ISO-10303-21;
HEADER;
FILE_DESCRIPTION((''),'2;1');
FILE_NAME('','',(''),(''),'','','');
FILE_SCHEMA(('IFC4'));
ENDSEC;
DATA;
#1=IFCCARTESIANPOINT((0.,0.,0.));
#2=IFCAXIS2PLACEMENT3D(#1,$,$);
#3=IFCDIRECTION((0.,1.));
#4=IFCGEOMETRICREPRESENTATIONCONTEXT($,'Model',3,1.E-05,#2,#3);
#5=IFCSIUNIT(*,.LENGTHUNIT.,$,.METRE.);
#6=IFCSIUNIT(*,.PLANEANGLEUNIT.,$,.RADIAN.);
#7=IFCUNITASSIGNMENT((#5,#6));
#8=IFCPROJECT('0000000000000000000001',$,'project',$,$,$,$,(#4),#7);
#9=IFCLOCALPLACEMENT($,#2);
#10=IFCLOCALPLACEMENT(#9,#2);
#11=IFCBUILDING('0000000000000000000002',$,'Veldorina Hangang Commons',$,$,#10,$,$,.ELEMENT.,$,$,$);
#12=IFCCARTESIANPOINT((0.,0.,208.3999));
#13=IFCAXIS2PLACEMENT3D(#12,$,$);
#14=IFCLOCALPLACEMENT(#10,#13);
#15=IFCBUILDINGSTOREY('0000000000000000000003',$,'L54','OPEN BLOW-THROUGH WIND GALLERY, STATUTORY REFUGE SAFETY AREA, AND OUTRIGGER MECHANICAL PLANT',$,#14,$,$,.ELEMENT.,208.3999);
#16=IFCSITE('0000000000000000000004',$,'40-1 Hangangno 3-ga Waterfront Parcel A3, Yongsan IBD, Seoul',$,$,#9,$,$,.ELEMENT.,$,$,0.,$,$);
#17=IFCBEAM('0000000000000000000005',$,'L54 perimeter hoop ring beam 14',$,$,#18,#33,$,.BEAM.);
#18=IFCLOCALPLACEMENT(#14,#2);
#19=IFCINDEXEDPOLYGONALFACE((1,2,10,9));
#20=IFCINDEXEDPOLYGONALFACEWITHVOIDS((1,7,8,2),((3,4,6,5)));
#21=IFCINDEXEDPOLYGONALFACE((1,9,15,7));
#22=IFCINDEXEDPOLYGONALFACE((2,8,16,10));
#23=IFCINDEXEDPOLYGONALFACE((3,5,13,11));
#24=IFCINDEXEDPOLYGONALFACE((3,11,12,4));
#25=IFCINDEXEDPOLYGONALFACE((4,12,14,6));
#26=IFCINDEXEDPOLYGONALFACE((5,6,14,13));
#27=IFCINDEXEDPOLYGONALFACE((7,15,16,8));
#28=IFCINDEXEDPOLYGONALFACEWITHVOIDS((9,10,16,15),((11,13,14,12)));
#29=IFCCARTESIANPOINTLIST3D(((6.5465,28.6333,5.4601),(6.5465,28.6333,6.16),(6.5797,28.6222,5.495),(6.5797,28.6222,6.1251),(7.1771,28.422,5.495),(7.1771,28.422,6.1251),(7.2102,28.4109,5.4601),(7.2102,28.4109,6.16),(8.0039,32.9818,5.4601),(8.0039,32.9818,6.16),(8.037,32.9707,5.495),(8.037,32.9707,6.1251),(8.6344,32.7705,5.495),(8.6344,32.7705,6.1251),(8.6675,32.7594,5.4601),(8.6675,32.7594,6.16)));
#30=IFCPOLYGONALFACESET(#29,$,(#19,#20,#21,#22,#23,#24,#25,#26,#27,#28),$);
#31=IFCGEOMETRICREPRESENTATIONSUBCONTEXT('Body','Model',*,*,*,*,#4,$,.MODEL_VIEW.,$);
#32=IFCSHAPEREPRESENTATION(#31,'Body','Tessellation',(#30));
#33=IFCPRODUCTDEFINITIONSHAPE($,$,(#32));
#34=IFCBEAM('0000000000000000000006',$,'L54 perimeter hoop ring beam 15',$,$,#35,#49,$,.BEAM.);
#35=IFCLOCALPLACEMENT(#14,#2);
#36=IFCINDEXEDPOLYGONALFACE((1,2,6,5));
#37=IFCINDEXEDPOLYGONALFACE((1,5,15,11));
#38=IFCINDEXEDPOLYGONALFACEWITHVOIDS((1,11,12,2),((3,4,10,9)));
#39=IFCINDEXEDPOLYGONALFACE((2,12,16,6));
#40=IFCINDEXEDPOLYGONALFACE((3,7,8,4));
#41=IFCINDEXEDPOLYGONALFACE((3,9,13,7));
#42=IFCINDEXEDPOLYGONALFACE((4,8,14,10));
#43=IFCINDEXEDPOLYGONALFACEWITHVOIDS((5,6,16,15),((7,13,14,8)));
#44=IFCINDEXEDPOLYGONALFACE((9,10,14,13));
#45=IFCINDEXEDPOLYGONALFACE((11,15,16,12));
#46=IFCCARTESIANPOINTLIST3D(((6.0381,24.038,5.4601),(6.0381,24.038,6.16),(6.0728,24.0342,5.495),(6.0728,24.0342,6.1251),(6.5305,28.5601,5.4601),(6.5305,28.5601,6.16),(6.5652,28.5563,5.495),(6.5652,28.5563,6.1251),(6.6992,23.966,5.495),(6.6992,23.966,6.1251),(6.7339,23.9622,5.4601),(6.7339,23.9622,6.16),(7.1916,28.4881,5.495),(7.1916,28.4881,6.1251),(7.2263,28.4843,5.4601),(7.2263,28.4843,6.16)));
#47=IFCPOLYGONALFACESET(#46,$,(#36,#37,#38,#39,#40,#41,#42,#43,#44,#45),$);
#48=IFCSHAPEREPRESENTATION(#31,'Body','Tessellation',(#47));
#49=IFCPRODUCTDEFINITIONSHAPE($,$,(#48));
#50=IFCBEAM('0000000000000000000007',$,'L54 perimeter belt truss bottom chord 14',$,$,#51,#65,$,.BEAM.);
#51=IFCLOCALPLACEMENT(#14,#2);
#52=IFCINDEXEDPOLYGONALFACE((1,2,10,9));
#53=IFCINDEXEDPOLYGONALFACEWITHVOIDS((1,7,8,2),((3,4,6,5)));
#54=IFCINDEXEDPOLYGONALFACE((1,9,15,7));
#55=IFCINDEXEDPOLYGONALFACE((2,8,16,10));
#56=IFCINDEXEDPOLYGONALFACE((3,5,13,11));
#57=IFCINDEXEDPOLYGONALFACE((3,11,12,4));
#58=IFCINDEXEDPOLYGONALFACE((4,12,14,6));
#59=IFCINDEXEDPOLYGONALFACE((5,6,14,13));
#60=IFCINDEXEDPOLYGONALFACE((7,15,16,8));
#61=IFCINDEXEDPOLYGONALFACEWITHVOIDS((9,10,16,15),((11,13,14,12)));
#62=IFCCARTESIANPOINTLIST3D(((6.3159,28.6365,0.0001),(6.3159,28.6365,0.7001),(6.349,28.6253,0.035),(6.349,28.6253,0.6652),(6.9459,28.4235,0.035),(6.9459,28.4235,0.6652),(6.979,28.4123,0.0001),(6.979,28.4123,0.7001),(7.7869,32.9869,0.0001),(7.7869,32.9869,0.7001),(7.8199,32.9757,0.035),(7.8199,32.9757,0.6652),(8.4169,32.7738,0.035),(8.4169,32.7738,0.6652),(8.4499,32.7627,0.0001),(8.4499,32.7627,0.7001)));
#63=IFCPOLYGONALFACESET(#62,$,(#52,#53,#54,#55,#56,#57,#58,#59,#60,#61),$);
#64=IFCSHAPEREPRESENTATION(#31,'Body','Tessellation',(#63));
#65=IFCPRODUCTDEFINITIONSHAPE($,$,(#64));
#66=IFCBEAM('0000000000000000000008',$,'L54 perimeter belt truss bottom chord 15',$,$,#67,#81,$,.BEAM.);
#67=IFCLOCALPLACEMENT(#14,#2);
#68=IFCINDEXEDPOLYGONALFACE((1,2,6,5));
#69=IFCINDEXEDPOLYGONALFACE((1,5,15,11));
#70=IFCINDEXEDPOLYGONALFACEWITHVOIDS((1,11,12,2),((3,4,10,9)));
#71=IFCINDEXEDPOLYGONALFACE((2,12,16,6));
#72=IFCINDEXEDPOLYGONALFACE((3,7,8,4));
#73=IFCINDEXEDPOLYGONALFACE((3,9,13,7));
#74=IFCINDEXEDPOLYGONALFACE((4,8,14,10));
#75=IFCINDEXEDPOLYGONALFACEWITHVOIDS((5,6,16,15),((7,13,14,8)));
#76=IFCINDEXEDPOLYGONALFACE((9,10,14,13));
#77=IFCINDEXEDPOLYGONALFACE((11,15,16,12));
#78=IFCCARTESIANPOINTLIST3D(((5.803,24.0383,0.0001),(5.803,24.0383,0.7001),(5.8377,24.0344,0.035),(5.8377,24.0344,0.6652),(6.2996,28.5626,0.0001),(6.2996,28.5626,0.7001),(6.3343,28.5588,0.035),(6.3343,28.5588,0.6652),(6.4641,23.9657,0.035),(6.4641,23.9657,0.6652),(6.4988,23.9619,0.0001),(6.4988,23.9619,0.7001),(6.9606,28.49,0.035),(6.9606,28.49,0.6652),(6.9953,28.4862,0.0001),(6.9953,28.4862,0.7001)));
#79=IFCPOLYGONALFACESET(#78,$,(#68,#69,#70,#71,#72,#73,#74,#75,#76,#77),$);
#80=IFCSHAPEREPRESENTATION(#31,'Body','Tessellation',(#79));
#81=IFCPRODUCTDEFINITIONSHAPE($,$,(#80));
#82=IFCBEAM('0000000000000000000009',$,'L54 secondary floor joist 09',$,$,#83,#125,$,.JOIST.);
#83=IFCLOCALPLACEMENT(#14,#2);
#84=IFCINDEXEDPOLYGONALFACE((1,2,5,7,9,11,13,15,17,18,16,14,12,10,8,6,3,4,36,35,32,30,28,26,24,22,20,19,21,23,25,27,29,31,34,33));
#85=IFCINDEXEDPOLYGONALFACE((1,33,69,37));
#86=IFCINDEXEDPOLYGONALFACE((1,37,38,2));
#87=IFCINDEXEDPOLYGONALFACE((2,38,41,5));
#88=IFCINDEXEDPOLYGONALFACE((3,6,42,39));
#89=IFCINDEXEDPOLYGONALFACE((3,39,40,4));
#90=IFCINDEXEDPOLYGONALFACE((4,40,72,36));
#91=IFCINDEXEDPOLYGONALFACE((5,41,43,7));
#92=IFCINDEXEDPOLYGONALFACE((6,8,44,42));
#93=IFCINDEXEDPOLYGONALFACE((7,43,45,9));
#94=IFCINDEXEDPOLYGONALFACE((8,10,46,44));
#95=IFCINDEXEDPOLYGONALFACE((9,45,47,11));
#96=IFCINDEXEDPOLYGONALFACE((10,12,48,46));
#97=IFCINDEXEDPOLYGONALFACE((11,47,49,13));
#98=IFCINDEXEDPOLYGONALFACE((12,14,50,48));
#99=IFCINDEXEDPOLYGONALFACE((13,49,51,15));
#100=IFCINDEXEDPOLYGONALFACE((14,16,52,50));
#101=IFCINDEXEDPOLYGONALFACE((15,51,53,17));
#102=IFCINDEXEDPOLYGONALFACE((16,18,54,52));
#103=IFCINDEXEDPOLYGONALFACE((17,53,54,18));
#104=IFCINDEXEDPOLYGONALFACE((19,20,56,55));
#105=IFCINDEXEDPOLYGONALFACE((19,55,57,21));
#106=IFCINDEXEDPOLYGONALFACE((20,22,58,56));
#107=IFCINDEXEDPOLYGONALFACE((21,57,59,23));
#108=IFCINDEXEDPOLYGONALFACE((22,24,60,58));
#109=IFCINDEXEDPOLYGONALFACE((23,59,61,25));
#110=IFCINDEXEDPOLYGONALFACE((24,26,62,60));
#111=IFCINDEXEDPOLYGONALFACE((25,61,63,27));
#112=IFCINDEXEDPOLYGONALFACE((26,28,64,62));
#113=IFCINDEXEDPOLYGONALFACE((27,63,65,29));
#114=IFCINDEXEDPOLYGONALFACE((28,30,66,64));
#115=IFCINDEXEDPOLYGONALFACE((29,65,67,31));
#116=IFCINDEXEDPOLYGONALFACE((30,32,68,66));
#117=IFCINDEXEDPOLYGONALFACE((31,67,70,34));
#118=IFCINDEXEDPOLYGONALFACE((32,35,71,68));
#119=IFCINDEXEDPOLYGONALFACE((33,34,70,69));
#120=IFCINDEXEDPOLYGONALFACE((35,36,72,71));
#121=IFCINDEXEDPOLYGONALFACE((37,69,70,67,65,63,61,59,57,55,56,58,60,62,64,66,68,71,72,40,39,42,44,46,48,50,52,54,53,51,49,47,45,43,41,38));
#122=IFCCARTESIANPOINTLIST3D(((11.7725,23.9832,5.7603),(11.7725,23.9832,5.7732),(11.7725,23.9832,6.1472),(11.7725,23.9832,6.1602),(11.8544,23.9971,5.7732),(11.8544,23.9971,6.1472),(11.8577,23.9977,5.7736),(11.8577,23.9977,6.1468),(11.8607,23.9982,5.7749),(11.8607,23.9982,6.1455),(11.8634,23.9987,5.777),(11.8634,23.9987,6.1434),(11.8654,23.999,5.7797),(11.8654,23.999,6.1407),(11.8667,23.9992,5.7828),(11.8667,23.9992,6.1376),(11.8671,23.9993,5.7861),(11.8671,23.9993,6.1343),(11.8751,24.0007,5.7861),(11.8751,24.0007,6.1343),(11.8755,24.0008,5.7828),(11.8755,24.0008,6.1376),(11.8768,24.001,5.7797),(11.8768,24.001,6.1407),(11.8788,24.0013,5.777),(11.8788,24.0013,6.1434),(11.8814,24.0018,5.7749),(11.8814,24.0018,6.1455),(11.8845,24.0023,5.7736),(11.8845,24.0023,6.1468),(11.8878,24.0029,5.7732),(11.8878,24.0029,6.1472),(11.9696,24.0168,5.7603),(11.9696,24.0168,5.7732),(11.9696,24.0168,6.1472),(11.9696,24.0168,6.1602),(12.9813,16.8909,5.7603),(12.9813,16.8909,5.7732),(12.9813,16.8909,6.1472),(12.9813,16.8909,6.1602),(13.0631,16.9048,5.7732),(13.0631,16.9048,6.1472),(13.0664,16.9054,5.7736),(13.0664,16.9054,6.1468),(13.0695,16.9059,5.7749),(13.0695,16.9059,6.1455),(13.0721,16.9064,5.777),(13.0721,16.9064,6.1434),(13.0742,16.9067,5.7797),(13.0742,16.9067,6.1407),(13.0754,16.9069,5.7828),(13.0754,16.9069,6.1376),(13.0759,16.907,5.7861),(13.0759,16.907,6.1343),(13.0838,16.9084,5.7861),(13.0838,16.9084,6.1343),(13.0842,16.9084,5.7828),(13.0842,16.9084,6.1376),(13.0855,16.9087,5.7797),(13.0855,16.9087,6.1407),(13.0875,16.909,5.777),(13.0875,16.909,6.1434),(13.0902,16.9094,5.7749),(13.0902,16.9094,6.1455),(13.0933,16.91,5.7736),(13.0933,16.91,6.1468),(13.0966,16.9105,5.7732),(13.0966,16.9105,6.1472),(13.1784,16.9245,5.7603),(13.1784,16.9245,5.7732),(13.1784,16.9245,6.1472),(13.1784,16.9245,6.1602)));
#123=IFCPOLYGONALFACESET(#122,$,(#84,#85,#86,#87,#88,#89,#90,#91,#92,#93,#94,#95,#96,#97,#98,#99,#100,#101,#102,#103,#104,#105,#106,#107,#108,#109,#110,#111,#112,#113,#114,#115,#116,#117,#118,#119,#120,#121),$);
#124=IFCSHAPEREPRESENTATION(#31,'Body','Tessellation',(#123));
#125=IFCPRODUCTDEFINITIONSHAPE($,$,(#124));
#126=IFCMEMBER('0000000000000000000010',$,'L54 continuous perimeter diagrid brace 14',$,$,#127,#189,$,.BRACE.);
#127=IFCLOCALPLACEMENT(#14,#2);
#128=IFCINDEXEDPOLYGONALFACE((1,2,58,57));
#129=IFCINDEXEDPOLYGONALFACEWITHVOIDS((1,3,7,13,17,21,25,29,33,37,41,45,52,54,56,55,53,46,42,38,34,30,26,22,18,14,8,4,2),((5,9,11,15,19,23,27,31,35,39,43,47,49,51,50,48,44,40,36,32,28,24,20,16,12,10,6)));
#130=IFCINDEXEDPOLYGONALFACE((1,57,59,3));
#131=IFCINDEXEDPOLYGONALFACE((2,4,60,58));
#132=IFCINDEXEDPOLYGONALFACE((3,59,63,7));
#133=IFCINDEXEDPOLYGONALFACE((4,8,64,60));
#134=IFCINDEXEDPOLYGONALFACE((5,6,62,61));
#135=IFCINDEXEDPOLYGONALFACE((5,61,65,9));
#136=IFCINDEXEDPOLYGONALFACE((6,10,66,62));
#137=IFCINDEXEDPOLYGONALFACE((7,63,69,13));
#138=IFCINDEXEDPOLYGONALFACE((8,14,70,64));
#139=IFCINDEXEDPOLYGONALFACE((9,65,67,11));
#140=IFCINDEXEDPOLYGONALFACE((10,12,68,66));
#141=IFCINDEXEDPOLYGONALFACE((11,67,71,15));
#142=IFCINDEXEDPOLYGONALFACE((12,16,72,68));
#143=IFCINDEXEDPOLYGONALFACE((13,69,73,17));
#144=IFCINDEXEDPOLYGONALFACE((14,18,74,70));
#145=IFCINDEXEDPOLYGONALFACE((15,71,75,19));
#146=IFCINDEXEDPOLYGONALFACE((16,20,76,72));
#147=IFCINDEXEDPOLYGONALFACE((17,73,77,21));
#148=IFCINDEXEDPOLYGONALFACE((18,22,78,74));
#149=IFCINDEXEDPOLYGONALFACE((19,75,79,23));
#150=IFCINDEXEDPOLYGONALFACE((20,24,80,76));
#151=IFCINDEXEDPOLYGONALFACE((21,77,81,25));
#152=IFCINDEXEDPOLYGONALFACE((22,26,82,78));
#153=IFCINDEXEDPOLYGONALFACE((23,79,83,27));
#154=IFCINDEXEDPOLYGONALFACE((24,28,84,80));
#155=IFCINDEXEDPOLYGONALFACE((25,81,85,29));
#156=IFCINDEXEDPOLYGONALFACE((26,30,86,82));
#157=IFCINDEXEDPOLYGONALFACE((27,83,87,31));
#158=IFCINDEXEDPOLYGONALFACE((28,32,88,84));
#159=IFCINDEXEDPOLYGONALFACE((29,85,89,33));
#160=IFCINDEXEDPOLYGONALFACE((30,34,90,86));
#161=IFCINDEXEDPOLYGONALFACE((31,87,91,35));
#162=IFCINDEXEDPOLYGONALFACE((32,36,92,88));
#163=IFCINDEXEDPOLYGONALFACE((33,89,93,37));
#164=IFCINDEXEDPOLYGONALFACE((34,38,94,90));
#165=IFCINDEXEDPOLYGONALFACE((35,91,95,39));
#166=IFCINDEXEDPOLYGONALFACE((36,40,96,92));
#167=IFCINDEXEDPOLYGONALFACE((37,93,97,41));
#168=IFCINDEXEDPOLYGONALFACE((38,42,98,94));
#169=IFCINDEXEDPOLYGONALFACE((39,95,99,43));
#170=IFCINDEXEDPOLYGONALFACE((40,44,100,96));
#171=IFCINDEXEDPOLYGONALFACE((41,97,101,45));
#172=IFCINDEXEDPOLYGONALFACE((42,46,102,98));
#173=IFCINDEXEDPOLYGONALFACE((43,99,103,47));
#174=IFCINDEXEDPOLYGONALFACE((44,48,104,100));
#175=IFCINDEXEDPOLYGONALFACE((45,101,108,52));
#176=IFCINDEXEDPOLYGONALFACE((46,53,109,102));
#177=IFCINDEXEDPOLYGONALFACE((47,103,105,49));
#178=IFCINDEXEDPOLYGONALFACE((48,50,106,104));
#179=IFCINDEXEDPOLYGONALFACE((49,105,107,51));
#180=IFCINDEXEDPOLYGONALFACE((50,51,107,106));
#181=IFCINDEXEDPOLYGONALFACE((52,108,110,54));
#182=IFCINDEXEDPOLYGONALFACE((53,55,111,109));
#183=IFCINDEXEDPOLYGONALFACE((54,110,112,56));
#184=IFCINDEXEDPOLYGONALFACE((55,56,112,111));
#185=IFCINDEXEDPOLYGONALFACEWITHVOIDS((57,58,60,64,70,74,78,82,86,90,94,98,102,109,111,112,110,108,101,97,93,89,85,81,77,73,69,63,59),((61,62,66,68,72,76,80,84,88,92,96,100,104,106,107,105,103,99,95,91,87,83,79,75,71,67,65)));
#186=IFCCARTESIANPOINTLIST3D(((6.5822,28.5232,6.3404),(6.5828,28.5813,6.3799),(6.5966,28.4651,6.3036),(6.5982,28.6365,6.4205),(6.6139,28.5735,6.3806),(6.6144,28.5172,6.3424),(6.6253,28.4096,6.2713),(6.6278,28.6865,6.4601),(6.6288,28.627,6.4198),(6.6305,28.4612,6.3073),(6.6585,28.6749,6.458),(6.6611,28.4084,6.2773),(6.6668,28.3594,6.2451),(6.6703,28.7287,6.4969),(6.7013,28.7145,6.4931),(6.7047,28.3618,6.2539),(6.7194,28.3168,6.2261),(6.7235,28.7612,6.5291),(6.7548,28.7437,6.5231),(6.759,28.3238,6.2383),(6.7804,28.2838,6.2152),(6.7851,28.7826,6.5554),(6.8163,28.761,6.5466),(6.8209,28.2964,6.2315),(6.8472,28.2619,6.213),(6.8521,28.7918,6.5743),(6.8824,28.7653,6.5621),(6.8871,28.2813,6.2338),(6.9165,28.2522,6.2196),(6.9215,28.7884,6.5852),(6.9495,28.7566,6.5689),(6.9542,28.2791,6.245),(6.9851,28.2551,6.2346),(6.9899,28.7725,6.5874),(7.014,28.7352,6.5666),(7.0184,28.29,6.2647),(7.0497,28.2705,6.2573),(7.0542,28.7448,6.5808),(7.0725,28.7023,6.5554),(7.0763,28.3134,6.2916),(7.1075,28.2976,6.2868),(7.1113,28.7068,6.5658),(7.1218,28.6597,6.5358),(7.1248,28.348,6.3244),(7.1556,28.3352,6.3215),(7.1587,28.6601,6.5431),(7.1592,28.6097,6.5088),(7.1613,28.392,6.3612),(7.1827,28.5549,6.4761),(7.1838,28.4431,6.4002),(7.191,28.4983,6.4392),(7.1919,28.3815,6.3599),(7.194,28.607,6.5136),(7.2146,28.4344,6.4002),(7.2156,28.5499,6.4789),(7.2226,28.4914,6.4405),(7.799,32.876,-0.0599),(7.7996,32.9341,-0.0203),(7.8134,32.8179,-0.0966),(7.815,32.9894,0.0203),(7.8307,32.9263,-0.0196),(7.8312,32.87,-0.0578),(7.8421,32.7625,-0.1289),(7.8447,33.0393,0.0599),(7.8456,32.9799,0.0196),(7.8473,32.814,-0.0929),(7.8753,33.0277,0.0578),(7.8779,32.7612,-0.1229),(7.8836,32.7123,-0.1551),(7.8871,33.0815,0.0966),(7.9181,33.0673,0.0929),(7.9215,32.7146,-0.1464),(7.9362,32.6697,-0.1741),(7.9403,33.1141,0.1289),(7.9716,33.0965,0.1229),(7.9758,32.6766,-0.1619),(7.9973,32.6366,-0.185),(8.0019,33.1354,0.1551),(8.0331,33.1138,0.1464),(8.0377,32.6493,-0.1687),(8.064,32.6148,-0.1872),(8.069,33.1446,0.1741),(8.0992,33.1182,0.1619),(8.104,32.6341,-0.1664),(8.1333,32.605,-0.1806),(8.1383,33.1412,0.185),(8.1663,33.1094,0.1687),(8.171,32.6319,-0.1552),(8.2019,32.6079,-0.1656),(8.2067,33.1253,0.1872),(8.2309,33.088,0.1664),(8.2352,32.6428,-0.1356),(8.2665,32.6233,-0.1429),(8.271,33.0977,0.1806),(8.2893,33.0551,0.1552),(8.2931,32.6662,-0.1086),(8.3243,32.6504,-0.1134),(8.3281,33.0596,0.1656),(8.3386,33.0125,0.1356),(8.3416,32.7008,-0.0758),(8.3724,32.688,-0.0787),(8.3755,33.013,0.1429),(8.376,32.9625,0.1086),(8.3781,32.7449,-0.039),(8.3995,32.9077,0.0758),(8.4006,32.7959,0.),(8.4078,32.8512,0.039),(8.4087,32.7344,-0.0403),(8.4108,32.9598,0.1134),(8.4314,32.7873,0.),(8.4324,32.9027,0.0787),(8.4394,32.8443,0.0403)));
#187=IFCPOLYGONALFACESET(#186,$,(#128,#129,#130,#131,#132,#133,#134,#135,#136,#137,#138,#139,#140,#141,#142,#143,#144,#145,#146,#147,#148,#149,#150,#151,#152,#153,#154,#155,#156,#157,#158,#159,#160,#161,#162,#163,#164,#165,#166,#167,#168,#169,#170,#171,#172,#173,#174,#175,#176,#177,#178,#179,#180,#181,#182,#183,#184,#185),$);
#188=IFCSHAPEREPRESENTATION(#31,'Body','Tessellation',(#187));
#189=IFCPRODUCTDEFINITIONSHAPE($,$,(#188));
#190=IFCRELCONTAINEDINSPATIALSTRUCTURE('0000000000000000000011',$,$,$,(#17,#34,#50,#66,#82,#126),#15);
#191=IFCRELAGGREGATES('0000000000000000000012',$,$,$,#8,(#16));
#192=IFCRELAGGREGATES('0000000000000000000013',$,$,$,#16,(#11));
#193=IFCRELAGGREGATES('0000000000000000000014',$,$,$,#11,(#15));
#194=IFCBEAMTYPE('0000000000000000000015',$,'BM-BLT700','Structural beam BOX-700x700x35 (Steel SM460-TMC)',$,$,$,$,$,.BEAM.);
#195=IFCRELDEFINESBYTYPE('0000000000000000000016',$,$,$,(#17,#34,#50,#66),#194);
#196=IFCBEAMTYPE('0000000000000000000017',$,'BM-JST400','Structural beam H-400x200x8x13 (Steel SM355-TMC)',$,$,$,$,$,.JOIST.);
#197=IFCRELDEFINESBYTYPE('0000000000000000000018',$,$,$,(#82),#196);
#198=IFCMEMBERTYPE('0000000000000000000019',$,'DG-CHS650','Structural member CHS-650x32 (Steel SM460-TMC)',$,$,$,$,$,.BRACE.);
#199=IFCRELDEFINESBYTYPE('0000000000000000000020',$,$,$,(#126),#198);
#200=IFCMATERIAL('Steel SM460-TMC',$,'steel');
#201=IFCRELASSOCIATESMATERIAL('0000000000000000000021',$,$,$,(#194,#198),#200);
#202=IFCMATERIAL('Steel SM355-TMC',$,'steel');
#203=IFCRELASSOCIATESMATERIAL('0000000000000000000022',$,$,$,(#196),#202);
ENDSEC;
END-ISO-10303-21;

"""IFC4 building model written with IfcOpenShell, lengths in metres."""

from ifc_helpers import new_model, si_unit, direction, frame, origin, origin_2d, place, context, subcontext, project, spatial, hollow_rectangle, hollow_circle, i_section, extrude, material, material_profile, profile_set, type_object, element, save


model = new_model("IFC4")

# Units and contexts
model_context = context("Model", 3, precision=1e-05, world=origin(), true_north=direction((0.0, 1.0)))
body_context = subcontext(model_context, "Body", "Model", "MODEL_VIEW")
ifc_project = project(units=[si_unit("LENGTHUNIT", "METRE"), si_unit("PLANEANGLEUNIT", "RADIAN")], contexts=[model_context])

# Site, building, storey
site_placement = place(None, origin())
site = spatial("IfcSite", under=ifc_project, at=site_placement, Name="40-1 Hangangno 3-ga Waterfront Parcel A3, Yongsan IBD, Seoul", CompositionType="ELEMENT", RefElevation=0.0)
building_placement = place(site_placement, origin())
building = spatial("IfcBuilding", under=site, at=building_placement, Name="Veldorina Hangang Commons", CompositionType="ELEMENT")
storey_placement = place(building_placement, frame((0.0, 0.0, 208.3999)))
storey = spatial("IfcBuildingStorey", under=building, at=storey_placement, Name="L54", Description="OPEN BLOW-THROUGH WIND GALLERY, STATUTORY REFUGE SAFETY AREA, AND OUTRIGGER MECHANICAL PLANT", CompositionType="ELEMENT", Elevation=208.3999)

# Beams
ifc_material_1 = material(Name="Steel SM460-TMC", Category="steel")
ifc_material_profile_1 = material_profile(ifc_material_1, hollow_rectangle(XDim=0.7, YDim=0.7, WallThickness=0.0349, at=origin_2d()), Name="BOX-700x700x35")
ifc_profile_set_1 = profile_set([ifc_material_profile_1], Name="Steel SM460-TMC")
beam_type_1 = type_object("IfcBeamType", Name="BM-BLT700", Description="Structural beam BOX-700x700x35 (Steel SM460-TMC)", PredefinedType="BEAM", material=ifc_profile_set_1)
beam_1_placement = place(storey_placement, frame((8.3357, 32.8706, 5.8101), z_axis=(-0.317761, -0.948171, 0.0), x_axis=(0.948171, -0.317761, 0.0)))
element("IfcBeam", 1, at=beam_1_placement, inside=storey, type_object=beam_type_1, Name="L54 perimeter hoop ring beam 14", PredefinedType="BEAM", context=body_context, shape_type="SweptSolid", body=[
    extrude(hollow_rectangle(XDim=0.7, YDim=0.7, WallThickness=0.0349, at=origin_2d()), origin(), (0.0, 0.0, 1.0), 4.5862),
])
beam_2_placement = place(storey_placement, frame((6.8784, 28.5222, 5.8101), z_axis=(-0.108252, -0.994124, 0.0), x_axis=(0.994124, -0.108252, 0.0)))
element("IfcBeam", 2, at=beam_2_placement, inside=storey, type_object=beam_type_1, Name="L54 perimeter hoop ring beam 15", PredefinedType="BEAM", context=body_context, shape_type="SweptSolid", body=[
    extrude(hollow_rectangle(XDim=0.7, YDim=0.7, WallThickness=0.0349, at=origin_2d()), origin(), (0.0, 0.0, 1.0), 4.5488),
])
beam_3_placement = place(storey_placement, frame((8.1184, 32.8748, 0.3501), z_axis=(-0.320308, -0.947314, 0.0), x_axis=(0.947314, -0.320308, 0.0)))
element("IfcBeam", 3, at=beam_3_placement, inside=storey, type_object=beam_type_1, Name="L54 perimeter belt truss bottom chord 14", PredefinedType="BEAM", context=body_context, shape_type="SweptSolid", body=[
    extrude(hollow_rectangle(XDim=0.7, YDim=0.7, WallThickness=0.0349, at=origin_2d()), origin(), (0.0, 0.0, 1.0), 4.5923),
])
beam_4_placement = place(storey_placement, frame((6.6475, 28.5244, 0.3501), z_axis=(-0.109101, -0.994031, 0.0), x_axis=(0.994031, -0.109101, 0.0)))
element("IfcBeam", 4, at=beam_4_placement, inside=storey, type_object=beam_type_1, Name="L54 perimeter belt truss bottom chord 15", PredefinedType="BEAM", context=body_context, shape_type="SweptSolid", body=[
    extrude(hollow_rectangle(XDim=0.7, YDim=0.7, WallThickness=0.0349, at=origin_2d()), origin(), (0.0, 0.0, 1.0), 4.5515),
])
ifc_material_2 = material(Name="Steel SM355-TMC", Category="steel")
ifc_material_profile_2 = material_profile(ifc_material_2, i_section(OverallWidth=0.2, OverallDepth=0.3999, WebThickness=0.0081, FlangeThickness=0.0129, FilletRadius=0.0129, at=origin_2d()), Name="H-400x200x8x13")
ifc_profile_set_2 = profile_set([ifc_material_profile_2], Name="Steel SM355-TMC")
beam_type_2 = type_object("IfcBeamType", Name="BM-JST400", Description="Structural beam H-400x200x8x13 (Steel SM355-TMC)", PredefinedType="JOIST", material=ifc_profile_set_2)
beam_5_placement = place(storey_placement, frame((11.8711, 24.0, 5.9602), z_axis=(0.168008, -0.985786, 0.0), x_axis=(0.985786, 0.168008, 0.0)))
element("IfcBeam", 5, at=beam_5_placement, inside=storey, type_object=beam_type_2, Name="L54 secondary floor joist 09", PredefinedType="JOIST", context=body_context, shape_type="SweptSolid", body=[
    extrude(i_section(OverallWidth=0.2, OverallDepth=0.3999, WebThickness=0.0081, FlangeThickness=0.0129, FilletRadius=0.0129, at=origin_2d()), origin(), (0.0, 0.0, 1.0), 7.1946),
])

# Member
ifc_material_profile_3 = material_profile(ifc_material_1, hollow_circle(Radius=0.325, WallThickness=0.032, at=origin_2d()), Name="CHS-650x32")
ifc_profile_set_3 = profile_set([ifc_material_profile_3], Name="Steel SM460-TMC")
member_type_1 = type_object("IfcMemberType", Name="DG-CHS650", Description="Structural member CHS-650x32 (Steel SM460-TMC)", PredefinedType="BRACE", material=ifc_profile_set_3)
member_1_placement = place(storey_placement, frame((8.1184, 32.8748, 0.0), z_axis=(-0.1553, -0.555547, 0.816853), x_axis=(0.963078, -0.269223, 0.0)))
element("IfcMember", 6, at=member_1_placement, inside=storey, type_object=member_type_1, Name="L54 continuous perimeter diagrid brace 14", PredefinedType="BRACE", context=body_context, shape_type="SweptSolid", body=[
    extrude(hollow_circle(Radius=0.325, WallThickness=0.032, at=origin_2d()), origin(), (0.0, 0.0, 1.0), 7.8352),
])

save(model, "model.ifc")
